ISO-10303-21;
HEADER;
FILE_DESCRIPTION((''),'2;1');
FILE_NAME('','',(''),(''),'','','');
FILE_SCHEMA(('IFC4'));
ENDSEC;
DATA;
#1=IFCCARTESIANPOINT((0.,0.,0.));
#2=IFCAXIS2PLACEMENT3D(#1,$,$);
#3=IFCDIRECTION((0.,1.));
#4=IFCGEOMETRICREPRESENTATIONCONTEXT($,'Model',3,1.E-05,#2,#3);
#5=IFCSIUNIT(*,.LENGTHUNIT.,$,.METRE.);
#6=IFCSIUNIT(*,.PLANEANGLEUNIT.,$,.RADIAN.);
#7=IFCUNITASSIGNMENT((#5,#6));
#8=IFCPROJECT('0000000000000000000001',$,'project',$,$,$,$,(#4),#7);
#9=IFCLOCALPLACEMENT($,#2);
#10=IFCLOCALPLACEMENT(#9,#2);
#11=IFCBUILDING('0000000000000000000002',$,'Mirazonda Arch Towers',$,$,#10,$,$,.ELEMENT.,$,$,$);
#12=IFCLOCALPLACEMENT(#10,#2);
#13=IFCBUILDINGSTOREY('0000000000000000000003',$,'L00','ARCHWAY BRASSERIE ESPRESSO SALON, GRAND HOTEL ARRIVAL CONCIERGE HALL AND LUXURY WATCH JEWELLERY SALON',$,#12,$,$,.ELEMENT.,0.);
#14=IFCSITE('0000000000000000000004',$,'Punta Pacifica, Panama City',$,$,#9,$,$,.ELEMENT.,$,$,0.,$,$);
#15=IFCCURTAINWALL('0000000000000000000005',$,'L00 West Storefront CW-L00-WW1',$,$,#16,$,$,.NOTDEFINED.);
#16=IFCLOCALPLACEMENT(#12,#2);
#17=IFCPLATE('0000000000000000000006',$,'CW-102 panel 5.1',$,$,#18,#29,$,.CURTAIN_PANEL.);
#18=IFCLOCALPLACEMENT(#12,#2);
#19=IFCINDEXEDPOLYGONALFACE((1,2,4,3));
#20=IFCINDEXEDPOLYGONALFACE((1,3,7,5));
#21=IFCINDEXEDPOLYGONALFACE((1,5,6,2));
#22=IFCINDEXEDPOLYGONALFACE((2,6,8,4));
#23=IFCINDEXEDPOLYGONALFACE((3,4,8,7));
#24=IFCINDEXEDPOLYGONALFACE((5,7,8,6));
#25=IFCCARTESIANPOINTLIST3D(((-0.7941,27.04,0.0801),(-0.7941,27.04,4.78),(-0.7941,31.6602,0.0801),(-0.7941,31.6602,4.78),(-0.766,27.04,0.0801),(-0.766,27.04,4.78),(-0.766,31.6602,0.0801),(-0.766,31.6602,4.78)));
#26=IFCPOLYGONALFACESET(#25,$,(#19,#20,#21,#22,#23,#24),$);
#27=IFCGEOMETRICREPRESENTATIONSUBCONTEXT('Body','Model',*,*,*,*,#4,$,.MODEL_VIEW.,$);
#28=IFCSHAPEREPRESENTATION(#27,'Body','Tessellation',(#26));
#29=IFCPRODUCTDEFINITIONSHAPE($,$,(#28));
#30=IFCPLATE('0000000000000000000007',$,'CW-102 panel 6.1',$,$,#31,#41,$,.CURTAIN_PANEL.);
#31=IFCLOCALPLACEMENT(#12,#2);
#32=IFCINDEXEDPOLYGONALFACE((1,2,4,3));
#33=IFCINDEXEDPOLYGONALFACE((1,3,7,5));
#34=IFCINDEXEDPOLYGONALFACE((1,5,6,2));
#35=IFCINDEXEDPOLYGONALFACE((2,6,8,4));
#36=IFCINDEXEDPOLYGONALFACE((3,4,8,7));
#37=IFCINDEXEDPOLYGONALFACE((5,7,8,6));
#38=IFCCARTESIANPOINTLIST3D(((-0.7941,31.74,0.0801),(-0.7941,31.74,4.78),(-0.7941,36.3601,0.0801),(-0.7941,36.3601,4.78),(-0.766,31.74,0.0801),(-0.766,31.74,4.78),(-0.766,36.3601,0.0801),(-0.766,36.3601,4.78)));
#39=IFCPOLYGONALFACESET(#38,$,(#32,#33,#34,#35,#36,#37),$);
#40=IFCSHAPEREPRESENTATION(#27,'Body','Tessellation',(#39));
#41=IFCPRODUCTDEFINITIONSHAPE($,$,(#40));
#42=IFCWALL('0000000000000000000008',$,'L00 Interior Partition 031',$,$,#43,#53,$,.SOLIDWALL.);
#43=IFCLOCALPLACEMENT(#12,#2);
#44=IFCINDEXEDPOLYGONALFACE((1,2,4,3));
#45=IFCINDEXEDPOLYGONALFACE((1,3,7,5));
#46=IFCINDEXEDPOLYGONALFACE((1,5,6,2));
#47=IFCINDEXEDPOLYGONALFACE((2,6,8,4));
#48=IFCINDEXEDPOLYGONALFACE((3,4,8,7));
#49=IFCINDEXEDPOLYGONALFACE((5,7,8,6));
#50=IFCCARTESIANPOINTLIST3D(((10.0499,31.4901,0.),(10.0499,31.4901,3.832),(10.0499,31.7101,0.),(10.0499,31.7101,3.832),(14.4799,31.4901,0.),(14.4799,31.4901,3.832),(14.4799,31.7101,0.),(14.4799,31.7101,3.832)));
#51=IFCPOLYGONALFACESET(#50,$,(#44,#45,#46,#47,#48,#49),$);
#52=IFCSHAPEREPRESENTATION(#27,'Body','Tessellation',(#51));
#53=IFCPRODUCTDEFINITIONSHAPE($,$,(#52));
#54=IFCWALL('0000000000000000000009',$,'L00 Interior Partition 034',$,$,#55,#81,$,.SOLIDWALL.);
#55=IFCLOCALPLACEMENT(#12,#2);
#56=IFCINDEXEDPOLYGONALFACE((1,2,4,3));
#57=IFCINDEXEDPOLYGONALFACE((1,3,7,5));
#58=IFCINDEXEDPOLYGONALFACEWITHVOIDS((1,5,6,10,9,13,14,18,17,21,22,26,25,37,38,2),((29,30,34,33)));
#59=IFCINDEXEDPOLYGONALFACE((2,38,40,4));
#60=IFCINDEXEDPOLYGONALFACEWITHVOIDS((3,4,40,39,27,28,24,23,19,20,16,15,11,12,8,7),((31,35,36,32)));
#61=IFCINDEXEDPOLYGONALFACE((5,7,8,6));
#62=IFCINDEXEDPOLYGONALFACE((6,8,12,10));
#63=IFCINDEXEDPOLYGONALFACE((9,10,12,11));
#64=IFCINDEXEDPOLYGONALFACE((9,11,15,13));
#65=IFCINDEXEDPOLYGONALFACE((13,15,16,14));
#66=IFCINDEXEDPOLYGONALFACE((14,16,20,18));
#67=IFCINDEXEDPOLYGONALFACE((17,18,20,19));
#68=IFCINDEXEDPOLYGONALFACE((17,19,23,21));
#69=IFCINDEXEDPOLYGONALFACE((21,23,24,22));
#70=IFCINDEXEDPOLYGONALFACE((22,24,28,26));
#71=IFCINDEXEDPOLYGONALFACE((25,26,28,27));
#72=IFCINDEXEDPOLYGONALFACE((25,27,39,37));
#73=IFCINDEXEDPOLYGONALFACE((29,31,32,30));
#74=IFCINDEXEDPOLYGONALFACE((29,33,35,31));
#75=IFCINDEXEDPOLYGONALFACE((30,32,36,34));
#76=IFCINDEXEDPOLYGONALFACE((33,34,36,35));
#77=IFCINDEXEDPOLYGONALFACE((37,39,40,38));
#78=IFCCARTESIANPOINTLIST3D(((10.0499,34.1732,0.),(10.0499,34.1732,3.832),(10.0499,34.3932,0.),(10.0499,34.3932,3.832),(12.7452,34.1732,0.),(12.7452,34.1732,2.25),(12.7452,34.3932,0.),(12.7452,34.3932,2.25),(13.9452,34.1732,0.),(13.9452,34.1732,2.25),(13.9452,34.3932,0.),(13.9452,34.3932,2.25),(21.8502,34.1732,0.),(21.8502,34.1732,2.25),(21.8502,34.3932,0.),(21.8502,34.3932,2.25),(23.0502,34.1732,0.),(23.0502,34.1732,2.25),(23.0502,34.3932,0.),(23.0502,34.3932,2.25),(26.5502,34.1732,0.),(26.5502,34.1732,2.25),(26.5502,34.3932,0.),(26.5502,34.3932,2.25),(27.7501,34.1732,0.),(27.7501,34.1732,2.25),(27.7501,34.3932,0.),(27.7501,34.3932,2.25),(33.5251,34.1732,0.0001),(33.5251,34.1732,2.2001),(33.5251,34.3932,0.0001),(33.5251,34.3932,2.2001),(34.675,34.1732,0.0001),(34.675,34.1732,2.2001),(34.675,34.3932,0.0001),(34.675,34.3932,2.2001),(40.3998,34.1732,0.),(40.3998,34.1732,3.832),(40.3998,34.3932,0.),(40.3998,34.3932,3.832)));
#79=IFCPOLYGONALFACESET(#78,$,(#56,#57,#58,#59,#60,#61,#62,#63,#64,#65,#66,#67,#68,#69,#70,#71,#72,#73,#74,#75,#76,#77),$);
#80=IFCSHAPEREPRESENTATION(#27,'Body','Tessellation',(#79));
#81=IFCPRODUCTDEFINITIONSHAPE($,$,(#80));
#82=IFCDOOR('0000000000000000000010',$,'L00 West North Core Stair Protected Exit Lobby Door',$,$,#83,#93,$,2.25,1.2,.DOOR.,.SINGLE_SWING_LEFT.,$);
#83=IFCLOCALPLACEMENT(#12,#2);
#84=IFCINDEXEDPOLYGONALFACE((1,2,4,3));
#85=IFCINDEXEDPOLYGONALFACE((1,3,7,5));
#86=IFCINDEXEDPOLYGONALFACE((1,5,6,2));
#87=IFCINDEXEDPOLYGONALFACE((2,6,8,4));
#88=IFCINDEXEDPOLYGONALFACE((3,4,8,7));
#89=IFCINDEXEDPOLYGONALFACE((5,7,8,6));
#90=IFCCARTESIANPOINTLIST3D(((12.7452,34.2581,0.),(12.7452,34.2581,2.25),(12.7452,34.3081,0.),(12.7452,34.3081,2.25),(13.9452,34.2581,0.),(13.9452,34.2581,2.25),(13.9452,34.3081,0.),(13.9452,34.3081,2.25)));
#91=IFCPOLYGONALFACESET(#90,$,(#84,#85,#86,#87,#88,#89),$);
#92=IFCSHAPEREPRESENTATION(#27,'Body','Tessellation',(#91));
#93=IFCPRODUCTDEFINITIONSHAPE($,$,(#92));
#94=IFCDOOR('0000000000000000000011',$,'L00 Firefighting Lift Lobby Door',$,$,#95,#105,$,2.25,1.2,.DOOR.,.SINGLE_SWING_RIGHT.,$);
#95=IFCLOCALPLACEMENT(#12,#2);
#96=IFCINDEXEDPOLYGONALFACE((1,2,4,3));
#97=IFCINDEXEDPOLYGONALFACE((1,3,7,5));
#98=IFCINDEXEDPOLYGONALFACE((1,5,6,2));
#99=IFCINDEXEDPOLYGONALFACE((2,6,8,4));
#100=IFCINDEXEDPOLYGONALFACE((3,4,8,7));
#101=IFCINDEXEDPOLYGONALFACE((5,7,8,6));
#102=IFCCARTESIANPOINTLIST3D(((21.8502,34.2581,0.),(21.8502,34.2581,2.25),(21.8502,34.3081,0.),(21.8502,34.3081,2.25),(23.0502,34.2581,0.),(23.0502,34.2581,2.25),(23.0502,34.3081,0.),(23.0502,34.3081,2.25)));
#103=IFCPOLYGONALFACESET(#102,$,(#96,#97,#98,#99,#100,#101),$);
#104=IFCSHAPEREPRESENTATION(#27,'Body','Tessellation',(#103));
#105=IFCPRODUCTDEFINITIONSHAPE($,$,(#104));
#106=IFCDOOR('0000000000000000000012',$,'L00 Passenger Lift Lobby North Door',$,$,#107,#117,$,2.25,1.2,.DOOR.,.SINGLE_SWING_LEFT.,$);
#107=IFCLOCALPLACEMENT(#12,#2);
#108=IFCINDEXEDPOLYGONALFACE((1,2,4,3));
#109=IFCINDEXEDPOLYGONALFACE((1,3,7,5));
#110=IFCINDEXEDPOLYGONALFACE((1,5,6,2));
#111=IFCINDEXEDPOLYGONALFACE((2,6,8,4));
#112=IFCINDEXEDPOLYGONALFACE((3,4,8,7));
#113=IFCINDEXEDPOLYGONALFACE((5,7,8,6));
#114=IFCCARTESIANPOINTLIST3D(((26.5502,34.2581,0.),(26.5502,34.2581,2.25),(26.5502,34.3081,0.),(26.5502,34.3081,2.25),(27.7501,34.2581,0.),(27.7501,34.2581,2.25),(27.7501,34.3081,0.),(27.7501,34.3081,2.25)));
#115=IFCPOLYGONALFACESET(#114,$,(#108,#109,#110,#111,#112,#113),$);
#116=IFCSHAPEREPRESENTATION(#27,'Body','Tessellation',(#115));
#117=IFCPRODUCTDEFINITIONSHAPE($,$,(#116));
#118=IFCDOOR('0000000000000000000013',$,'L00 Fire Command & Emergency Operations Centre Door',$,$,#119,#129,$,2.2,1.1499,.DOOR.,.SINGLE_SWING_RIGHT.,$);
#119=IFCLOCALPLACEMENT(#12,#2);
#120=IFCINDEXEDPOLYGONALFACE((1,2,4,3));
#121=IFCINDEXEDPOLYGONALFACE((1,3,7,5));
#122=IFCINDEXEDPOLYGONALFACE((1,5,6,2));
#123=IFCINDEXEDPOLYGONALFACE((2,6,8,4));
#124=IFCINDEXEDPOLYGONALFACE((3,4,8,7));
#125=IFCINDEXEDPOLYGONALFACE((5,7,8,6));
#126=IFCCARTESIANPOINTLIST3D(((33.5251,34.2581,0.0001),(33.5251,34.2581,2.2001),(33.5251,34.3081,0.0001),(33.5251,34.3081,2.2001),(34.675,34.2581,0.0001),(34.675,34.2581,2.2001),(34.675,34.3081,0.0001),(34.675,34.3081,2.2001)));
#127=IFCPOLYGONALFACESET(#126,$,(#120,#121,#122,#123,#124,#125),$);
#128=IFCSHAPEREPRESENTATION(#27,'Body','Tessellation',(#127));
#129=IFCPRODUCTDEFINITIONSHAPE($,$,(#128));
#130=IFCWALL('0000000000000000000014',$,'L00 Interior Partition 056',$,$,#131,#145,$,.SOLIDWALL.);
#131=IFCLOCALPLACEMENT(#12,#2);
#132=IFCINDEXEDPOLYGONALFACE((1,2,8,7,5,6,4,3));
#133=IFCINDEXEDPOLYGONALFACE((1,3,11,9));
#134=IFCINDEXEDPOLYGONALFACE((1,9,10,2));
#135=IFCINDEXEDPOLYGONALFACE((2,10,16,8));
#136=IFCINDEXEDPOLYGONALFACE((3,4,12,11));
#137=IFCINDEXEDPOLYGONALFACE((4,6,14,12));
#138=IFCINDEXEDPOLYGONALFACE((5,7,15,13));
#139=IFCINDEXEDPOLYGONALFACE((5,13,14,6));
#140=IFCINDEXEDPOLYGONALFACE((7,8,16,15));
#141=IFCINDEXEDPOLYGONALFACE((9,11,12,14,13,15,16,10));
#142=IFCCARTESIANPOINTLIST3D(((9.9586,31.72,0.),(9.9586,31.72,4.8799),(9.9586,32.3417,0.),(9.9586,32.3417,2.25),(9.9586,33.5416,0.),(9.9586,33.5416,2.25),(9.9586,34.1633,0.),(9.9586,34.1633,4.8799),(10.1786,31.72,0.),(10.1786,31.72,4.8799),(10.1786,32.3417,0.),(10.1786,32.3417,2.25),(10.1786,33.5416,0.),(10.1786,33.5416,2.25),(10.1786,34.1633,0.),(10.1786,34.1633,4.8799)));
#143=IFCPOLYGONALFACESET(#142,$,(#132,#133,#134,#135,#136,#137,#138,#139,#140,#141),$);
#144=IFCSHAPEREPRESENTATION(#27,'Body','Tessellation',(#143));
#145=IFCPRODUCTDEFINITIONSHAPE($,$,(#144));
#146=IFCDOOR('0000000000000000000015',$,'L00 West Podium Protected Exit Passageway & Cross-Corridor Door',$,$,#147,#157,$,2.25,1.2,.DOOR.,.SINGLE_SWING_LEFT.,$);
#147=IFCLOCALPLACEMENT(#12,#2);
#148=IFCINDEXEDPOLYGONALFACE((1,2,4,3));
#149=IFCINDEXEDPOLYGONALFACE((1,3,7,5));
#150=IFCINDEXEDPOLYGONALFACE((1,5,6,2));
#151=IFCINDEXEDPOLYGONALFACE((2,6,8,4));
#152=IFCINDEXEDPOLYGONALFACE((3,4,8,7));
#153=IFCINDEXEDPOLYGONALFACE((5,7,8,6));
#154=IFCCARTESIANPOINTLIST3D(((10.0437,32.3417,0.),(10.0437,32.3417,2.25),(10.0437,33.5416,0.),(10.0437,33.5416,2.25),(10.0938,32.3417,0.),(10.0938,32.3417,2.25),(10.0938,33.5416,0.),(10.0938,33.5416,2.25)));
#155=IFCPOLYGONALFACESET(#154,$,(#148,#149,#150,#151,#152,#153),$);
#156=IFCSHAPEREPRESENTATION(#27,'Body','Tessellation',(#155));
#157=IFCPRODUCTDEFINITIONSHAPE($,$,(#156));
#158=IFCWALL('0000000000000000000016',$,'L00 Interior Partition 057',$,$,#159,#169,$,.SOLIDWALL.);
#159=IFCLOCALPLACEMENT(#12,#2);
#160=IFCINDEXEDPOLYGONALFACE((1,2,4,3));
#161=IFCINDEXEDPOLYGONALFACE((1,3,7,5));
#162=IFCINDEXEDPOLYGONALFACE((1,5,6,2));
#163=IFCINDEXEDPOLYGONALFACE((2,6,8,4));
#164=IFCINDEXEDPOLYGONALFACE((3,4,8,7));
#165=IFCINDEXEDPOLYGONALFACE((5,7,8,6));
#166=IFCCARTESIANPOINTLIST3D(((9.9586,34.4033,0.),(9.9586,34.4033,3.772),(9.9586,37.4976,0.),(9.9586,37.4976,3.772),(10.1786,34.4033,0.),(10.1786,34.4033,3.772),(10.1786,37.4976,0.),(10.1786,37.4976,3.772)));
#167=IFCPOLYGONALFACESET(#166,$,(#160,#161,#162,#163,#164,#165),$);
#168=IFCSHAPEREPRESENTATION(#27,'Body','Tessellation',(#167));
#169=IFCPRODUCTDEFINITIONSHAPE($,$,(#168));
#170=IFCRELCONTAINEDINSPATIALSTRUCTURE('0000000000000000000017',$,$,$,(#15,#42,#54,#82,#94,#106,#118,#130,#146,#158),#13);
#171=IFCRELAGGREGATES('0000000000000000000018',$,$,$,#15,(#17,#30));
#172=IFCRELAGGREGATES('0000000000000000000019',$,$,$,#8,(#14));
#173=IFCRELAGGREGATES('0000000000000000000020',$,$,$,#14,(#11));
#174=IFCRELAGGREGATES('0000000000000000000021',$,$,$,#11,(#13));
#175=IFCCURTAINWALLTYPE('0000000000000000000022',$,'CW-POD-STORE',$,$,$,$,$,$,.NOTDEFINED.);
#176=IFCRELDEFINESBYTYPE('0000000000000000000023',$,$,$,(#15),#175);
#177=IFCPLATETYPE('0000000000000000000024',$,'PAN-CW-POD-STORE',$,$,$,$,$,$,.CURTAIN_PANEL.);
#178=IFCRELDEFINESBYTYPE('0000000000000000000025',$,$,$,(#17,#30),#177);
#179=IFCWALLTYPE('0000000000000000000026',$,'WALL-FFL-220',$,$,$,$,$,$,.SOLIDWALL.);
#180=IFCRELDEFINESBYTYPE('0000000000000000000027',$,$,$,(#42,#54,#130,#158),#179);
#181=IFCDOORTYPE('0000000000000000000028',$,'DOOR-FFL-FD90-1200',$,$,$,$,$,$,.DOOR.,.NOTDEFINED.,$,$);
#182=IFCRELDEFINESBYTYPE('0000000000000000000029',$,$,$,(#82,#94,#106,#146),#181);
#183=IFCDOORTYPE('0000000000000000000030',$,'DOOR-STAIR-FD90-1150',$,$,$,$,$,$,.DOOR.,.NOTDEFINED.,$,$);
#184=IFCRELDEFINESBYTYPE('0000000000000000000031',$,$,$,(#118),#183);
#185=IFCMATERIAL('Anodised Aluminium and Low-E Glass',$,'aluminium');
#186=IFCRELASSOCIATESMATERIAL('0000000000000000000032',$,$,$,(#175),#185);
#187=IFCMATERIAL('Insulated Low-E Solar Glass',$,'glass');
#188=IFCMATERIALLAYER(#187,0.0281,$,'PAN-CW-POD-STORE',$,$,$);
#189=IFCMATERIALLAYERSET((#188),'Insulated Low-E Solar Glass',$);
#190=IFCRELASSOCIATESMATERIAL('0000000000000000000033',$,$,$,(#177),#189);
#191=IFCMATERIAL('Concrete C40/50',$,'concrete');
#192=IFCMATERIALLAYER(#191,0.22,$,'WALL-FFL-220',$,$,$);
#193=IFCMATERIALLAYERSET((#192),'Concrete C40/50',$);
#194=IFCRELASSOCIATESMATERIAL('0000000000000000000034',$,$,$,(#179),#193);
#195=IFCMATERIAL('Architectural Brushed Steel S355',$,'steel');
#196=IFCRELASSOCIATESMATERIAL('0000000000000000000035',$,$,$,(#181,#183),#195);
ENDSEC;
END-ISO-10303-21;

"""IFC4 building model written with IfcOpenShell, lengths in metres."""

from ifc_helpers import new_model, si_unit, direction, frame, frame_2d, origin, origin_2d, place, context, subcontext, project, spatial, rectangle, extrude, material, layer, layer_set, type_object, element, fill, aggregate, save


model = new_model("IFC4")

# Units and contexts
model_context = context("Model", 3, precision=1e-05, world=origin(), true_north=direction((0.0, 1.0)))
body_context = subcontext(model_context, "Body", "Model", "MODEL_VIEW")
ifc_project = project(units=[si_unit("LENGTHUNIT", "METRE"), si_unit("PLANEANGLEUNIT", "RADIAN")], contexts=[model_context])

# Site, building, storey
site_placement = place(None, origin())
site = spatial("IfcSite", under=ifc_project, at=site_placement, Name="Punta Pacifica, Panama City", CompositionType="ELEMENT", RefElevation=0.0)
building_placement = place(site_placement, origin())
building = spatial("IfcBuilding", under=site, at=building_placement, Name="Mirazonda Arch Towers", CompositionType="ELEMENT")
storey_placement = place(building_placement, origin())
storey = spatial("IfcBuildingStorey", under=building, at=storey_placement, Name="L00", Description="ARCHWAY BRASSERIE ESPRESSO SALON, GRAND HOTEL ARRIVAL CONCIERGE HALL AND LUXURY WATCH JEWELLERY SALON", CompositionType="ELEMENT", Elevation=0.0)

# Curtain wall, plates
ifc_material_1 = material(Name="Anodised Aluminium and Low-E Glass", Category="aluminium")
curtain_wall_type = type_object("IfcCurtainWallType", Name="CW-POD-STORE", PredefinedType="NOTDEFINED", material=ifc_material_1)
curtain_wall_placement = place(storey_placement, origin())
curtain_wall = element("IfcCurtainWall", 1, at=curtain_wall_placement, inside=storey, type_object=curtain_wall_type, Name="L00 West Storefront CW-L00-WW1", PredefinedType="NOTDEFINED")
ifc_material_2 = material(Name="Insulated Low-E Solar Glass", Category="glass")
ifc_layer_1 = layer(ifc_material_2, 0.0281, Name="PAN-CW-POD-STORE")
ifc_layer_set_1 = layer_set([ifc_layer_1], Name="Insulated Low-E Solar Glass")
plate_type = type_object("IfcPlateType", Name="PAN-CW-POD-STORE", PredefinedType="CURTAIN_PANEL", material=ifc_layer_set_1)
plate_1_placement = place(storey_placement, frame((-0.78, 29.3501, 0.0801), z_axis=(0.0, 0.0, 1.0), x_axis=(0.0, 1.0, 0.0)))
plate_1 = element("IfcPlate", 2, at=plate_1_placement, type_object=plate_type, Name="CW-102 panel 5.1", PredefinedType="CURTAIN_PANEL", context=body_context, shape_type="SweptSolid", body=[
    extrude(rectangle(XDim=4.6201, YDim=0.0281, at=origin_2d()), origin(), (0.0, 0.0, 1.0), 4.7),
])
plate_2_placement = place(storey_placement, frame((-0.78, 34.05, 0.0801), z_axis=(0.0, 0.0, 1.0), x_axis=(0.0, 1.0, 0.0)))
plate_2 = element("IfcPlate", 3, at=plate_2_placement, type_object=plate_type, Name="CW-102 panel 6.1", PredefinedType="CURTAIN_PANEL", context=body_context, shape_type="SweptSolid", body=[
    extrude(rectangle(XDim=4.6201, YDim=0.0281, at=origin_2d()), origin(), (0.0, 0.0, 1.0), 4.7),
])
aggregate(curtain_wall, [plate_1, plate_2])

# Wall
ifc_material_3 = material(Name="Concrete C40/50", Category="concrete")
ifc_layer_2 = layer(ifc_material_3, 0.22, Name="WALL-FFL-220")
ifc_layer_set_2 = layer_set([ifc_layer_2], Name="Concrete C40/50")
wall_type = type_object("IfcWallType", Name="WALL-FFL-220", PredefinedType="SOLIDWALL", material=ifc_layer_set_2)
wall_1_placement = place(storey_placement, frame((10.05, 31.6001, 0.0), z_axis=(0.0, 0.0, 1.0), x_axis=(1.0, 0.0, 0.0)))
element("IfcWall", 4, at=wall_1_placement, inside=storey, type_object=wall_type, Name="L00 Interior Partition 031", PredefinedType="SOLIDWALL", context=body_context, shape_type="SweptSolid", body=[
    extrude(rectangle(XDim=4.4299, YDim=0.22, at=frame_2d((2.2148, 0.0))), origin(), (0.0, 0.0, 1.0), 3.832),
])

# Wall, openings, doors
wall_2_placement = place(storey_placement, frame((10.05, 34.2832, 0.0), z_axis=(0.0, 0.0, 1.0), x_axis=(1.0, 0.0, 0.0)))
wall_2 = element("IfcWall", 5, at=wall_2_placement, inside=storey, type_object=wall_type, Name="L00 Interior Partition 034", PredefinedType="SOLIDWALL", context=body_context, shape_type="SweptSolid", body=[
    extrude(rectangle(XDim=30.3499, YDim=0.22, at=frame_2d((15.1748, 0.0))), origin(), (0.0, 0.0, 1.0), 3.832),
])
opening_1_placement = place(wall_2_placement, frame((2.6951, 0.0, 0.0)))
opening_1 = element("IfcOpeningElement", 6, at=opening_1_placement, cuts=wall_2, PredefinedType="OPENING", context=body_context, shape_type="SweptSolid", body=[
    extrude(rectangle(XDim=1.2, YDim=2.25, at=frame_2d((0.6001, 1.125))), frame((0.0, 0.1199, 0.0), z_axis=(0.0, -1.0, 0.0), x_axis=(1.0, 0.0, 0.0)), (0.0, 0.0, 1.0), 0.24),
])
opening_2_placement = place(wall_2_placement, frame((11.8, 0.0, 0.0)))
opening_2 = element("IfcOpeningElement", 7, at=opening_2_placement, cuts=wall_2, PredefinedType="OPENING", context=body_context, shape_type="SweptSolid", body=[
    extrude(rectangle(XDim=1.2, YDim=2.25, at=frame_2d((0.6001, 1.125))), frame((0.0, 0.1199, 0.0), z_axis=(0.0, -1.0, 0.0), x_axis=(1.0, 0.0, 0.0)), (0.0, 0.0, 1.0), 0.24),
])
opening_3_placement = place(wall_2_placement, frame((16.5, 0.0, 0.0)))
opening_3 = element("IfcOpeningElement", 8, at=opening_3_placement, cuts=wall_2, PredefinedType="OPENING", context=body_context, shape_type="SweptSolid", body=[
    extrude(rectangle(XDim=1.2, YDim=2.25, at=frame_2d((0.6001, 1.125))), frame((0.0, 0.1199, 0.0), z_axis=(0.0, -1.0, 0.0), x_axis=(1.0, 0.0, 0.0)), (0.0, 0.0, 1.0), 0.24),
])
opening_4_placement = place(wall_2_placement, frame((23.4751, 0.0, 0.0)))
opening_4 = element("IfcOpeningElement", 9, at=opening_4_placement, cuts=wall_2, PredefinedType="OPENING", context=body_context, shape_type="SweptSolid", body=[
    extrude(rectangle(XDim=1.1499, YDim=2.2, at=frame_2d((0.575, 1.1001))), frame((0.0, 0.1199, 0.0), z_axis=(0.0, -1.0, 0.0), x_axis=(1.0, 0.0, 0.0)), (0.0, 0.0, 1.0), 0.24),
])
ifc_material_4 = material(Name="Architectural Brushed Steel S355", Category="steel")
door_type_1 = type_object("IfcDoorType", Name="DOOR-FFL-FD90-1200", OperationType="NOTDEFINED", PredefinedType="DOOR", material=ifc_material_4)
door_1_placement = place(opening_1_placement, origin())
door_1 = element("IfcDoor", 10, at=door_1_placement, inside=storey, type_object=door_type_1, Name="L00 West North Core Stair Protected Exit Lobby Door", OperationType="SINGLE_SWING_LEFT", OverallHeight=2.25, OverallWidth=1.2, PredefinedType="DOOR", context=body_context, shape_type="SweptSolid", body=[
    extrude(rectangle(XDim=1.2, YDim=2.25, at=frame_2d((0.6001, 1.125))), frame((0.0, 0.0249, 0.0), z_axis=(0.0, -1.0, 0.0), x_axis=(1.0, 0.0, 0.0)), (0.0, 0.0, 1.0), 0.05),
])
fill(opening_1, door_1)
door_2_placement = place(opening_2_placement, origin())
door_2 = element("IfcDoor", 11, at=door_2_placement, inside=storey, type_object=door_type_1, Name="L00 Firefighting Lift Lobby Door", OperationType="SINGLE_SWING_RIGHT", OverallHeight=2.25, OverallWidth=1.2, PredefinedType="DOOR", context=body_context, shape_type="SweptSolid", body=[
    extrude(rectangle(XDim=1.2, YDim=2.25, at=frame_2d((0.6001, 1.125))), frame((0.0, 0.0249, 0.0), z_axis=(0.0, -1.0, 0.0), x_axis=(1.0, 0.0, 0.0)), (0.0, 0.0, 1.0), 0.05),
])
fill(opening_2, door_2)
door_3_placement = place(opening_3_placement, origin())
door_3 = element("IfcDoor", 12, at=door_3_placement, inside=storey, type_object=door_type_1, Name="L00 Passenger Lift Lobby North Door", OperationType="SINGLE_SWING_LEFT", OverallHeight=2.25, OverallWidth=1.2, PredefinedType="DOOR", context=body_context, shape_type="SweptSolid", body=[
    extrude(rectangle(XDim=1.2, YDim=2.25, at=frame_2d((0.6001, 1.125))), frame((0.0, 0.0249, 0.0), z_axis=(0.0, -1.0, 0.0), x_axis=(1.0, 0.0, 0.0)), (0.0, 0.0, 1.0), 0.05),
])
fill(opening_3, door_3)
door_type_2 = type_object("IfcDoorType", Name="DOOR-STAIR-FD90-1150", OperationType="NOTDEFINED", PredefinedType="DOOR", material=ifc_material_4)
door_4_placement = place(opening_4_placement, origin())
door_4 = element("IfcDoor", 13, at=door_4_placement, inside=storey, type_object=door_type_2, Name="L00 Fire Command & Emergency Operations Centre Door", OperationType="SINGLE_SWING_RIGHT", OverallHeight=2.2, OverallWidth=1.1499, PredefinedType="DOOR", context=body_context, shape_type="SweptSolid", body=[
    extrude(rectangle(XDim=1.1499, YDim=2.2, at=frame_2d((0.575, 1.1001))), frame((0.0, 0.0249, 0.0), z_axis=(0.0, -1.0, 0.0), x_axis=(1.0, 0.0, 0.0)), (0.0, 0.0, 1.0), 0.05),
])
fill(opening_4, door_4)

# Wall, opening, door
wall_3_placement = place(storey_placement, frame((10.0686, 31.72, 0.0), z_axis=(0.0, 0.0, 1.0), x_axis=(0.0, 1.0, 0.0)))
wall_3 = element("IfcWall", 14, at=wall_3_placement, inside=storey, type_object=wall_type, Name="L00 Interior Partition 056", PredefinedType="SOLIDWALL", context=body_context, shape_type="SweptSolid", body=[
    extrude(rectangle(XDim=2.4434, YDim=0.22, at=frame_2d((1.2217, 0.0))), origin(), (0.0, 0.0, 1.0), 4.8799),
])
opening_5_placement = place(wall_3_placement, frame((0.6216, 0.0, 0.0)))
opening_5 = element("IfcOpeningElement", 15, at=opening_5_placement, cuts=wall_3, PredefinedType="OPENING", context=body_context, shape_type="SweptSolid", body=[
    extrude(rectangle(XDim=1.2, YDim=2.25, at=frame_2d((0.6001, 1.125))), frame((0.0, 0.1199, 0.0), z_axis=(0.0, -1.0, 0.0), x_axis=(1.0, 0.0, 0.0)), (0.0, 0.0, 1.0), 0.24),
])
door_5_placement = place(opening_5_placement, origin())
door_5 = element("IfcDoor", 16, at=door_5_placement, inside=storey, type_object=door_type_1, Name="L00 West Podium Protected Exit Passageway & Cross-Corridor Door", OperationType="SINGLE_SWING_LEFT", OverallHeight=2.25, OverallWidth=1.2, PredefinedType="DOOR", context=body_context, shape_type="SweptSolid", body=[
    extrude(rectangle(XDim=1.2, YDim=2.25, at=frame_2d((0.6001, 1.125))), frame((0.0, 0.0249, 0.0), z_axis=(0.0, -1.0, 0.0), x_axis=(1.0, 0.0, 0.0)), (0.0, 0.0, 1.0), 0.05),
])
fill(opening_5, door_5)

# Wall
wall_4_placement = place(storey_placement, frame((10.0686, 34.4033, 0.0), z_axis=(0.0, 0.0, 1.0), x_axis=(0.0, 1.0, 0.0)))
element("IfcWall", 17, at=wall_4_placement, inside=storey, type_object=wall_type, Name="L00 Interior Partition 057", PredefinedType="SOLIDWALL", context=body_context, shape_type="SweptSolid", body=[
    extrude(rectangle(XDim=3.0942, YDim=0.22, at=frame_2d((1.5471, 0.0))), origin(), (0.0, 0.0, 1.0), 3.772),
])

save(model, "model.ifc")
